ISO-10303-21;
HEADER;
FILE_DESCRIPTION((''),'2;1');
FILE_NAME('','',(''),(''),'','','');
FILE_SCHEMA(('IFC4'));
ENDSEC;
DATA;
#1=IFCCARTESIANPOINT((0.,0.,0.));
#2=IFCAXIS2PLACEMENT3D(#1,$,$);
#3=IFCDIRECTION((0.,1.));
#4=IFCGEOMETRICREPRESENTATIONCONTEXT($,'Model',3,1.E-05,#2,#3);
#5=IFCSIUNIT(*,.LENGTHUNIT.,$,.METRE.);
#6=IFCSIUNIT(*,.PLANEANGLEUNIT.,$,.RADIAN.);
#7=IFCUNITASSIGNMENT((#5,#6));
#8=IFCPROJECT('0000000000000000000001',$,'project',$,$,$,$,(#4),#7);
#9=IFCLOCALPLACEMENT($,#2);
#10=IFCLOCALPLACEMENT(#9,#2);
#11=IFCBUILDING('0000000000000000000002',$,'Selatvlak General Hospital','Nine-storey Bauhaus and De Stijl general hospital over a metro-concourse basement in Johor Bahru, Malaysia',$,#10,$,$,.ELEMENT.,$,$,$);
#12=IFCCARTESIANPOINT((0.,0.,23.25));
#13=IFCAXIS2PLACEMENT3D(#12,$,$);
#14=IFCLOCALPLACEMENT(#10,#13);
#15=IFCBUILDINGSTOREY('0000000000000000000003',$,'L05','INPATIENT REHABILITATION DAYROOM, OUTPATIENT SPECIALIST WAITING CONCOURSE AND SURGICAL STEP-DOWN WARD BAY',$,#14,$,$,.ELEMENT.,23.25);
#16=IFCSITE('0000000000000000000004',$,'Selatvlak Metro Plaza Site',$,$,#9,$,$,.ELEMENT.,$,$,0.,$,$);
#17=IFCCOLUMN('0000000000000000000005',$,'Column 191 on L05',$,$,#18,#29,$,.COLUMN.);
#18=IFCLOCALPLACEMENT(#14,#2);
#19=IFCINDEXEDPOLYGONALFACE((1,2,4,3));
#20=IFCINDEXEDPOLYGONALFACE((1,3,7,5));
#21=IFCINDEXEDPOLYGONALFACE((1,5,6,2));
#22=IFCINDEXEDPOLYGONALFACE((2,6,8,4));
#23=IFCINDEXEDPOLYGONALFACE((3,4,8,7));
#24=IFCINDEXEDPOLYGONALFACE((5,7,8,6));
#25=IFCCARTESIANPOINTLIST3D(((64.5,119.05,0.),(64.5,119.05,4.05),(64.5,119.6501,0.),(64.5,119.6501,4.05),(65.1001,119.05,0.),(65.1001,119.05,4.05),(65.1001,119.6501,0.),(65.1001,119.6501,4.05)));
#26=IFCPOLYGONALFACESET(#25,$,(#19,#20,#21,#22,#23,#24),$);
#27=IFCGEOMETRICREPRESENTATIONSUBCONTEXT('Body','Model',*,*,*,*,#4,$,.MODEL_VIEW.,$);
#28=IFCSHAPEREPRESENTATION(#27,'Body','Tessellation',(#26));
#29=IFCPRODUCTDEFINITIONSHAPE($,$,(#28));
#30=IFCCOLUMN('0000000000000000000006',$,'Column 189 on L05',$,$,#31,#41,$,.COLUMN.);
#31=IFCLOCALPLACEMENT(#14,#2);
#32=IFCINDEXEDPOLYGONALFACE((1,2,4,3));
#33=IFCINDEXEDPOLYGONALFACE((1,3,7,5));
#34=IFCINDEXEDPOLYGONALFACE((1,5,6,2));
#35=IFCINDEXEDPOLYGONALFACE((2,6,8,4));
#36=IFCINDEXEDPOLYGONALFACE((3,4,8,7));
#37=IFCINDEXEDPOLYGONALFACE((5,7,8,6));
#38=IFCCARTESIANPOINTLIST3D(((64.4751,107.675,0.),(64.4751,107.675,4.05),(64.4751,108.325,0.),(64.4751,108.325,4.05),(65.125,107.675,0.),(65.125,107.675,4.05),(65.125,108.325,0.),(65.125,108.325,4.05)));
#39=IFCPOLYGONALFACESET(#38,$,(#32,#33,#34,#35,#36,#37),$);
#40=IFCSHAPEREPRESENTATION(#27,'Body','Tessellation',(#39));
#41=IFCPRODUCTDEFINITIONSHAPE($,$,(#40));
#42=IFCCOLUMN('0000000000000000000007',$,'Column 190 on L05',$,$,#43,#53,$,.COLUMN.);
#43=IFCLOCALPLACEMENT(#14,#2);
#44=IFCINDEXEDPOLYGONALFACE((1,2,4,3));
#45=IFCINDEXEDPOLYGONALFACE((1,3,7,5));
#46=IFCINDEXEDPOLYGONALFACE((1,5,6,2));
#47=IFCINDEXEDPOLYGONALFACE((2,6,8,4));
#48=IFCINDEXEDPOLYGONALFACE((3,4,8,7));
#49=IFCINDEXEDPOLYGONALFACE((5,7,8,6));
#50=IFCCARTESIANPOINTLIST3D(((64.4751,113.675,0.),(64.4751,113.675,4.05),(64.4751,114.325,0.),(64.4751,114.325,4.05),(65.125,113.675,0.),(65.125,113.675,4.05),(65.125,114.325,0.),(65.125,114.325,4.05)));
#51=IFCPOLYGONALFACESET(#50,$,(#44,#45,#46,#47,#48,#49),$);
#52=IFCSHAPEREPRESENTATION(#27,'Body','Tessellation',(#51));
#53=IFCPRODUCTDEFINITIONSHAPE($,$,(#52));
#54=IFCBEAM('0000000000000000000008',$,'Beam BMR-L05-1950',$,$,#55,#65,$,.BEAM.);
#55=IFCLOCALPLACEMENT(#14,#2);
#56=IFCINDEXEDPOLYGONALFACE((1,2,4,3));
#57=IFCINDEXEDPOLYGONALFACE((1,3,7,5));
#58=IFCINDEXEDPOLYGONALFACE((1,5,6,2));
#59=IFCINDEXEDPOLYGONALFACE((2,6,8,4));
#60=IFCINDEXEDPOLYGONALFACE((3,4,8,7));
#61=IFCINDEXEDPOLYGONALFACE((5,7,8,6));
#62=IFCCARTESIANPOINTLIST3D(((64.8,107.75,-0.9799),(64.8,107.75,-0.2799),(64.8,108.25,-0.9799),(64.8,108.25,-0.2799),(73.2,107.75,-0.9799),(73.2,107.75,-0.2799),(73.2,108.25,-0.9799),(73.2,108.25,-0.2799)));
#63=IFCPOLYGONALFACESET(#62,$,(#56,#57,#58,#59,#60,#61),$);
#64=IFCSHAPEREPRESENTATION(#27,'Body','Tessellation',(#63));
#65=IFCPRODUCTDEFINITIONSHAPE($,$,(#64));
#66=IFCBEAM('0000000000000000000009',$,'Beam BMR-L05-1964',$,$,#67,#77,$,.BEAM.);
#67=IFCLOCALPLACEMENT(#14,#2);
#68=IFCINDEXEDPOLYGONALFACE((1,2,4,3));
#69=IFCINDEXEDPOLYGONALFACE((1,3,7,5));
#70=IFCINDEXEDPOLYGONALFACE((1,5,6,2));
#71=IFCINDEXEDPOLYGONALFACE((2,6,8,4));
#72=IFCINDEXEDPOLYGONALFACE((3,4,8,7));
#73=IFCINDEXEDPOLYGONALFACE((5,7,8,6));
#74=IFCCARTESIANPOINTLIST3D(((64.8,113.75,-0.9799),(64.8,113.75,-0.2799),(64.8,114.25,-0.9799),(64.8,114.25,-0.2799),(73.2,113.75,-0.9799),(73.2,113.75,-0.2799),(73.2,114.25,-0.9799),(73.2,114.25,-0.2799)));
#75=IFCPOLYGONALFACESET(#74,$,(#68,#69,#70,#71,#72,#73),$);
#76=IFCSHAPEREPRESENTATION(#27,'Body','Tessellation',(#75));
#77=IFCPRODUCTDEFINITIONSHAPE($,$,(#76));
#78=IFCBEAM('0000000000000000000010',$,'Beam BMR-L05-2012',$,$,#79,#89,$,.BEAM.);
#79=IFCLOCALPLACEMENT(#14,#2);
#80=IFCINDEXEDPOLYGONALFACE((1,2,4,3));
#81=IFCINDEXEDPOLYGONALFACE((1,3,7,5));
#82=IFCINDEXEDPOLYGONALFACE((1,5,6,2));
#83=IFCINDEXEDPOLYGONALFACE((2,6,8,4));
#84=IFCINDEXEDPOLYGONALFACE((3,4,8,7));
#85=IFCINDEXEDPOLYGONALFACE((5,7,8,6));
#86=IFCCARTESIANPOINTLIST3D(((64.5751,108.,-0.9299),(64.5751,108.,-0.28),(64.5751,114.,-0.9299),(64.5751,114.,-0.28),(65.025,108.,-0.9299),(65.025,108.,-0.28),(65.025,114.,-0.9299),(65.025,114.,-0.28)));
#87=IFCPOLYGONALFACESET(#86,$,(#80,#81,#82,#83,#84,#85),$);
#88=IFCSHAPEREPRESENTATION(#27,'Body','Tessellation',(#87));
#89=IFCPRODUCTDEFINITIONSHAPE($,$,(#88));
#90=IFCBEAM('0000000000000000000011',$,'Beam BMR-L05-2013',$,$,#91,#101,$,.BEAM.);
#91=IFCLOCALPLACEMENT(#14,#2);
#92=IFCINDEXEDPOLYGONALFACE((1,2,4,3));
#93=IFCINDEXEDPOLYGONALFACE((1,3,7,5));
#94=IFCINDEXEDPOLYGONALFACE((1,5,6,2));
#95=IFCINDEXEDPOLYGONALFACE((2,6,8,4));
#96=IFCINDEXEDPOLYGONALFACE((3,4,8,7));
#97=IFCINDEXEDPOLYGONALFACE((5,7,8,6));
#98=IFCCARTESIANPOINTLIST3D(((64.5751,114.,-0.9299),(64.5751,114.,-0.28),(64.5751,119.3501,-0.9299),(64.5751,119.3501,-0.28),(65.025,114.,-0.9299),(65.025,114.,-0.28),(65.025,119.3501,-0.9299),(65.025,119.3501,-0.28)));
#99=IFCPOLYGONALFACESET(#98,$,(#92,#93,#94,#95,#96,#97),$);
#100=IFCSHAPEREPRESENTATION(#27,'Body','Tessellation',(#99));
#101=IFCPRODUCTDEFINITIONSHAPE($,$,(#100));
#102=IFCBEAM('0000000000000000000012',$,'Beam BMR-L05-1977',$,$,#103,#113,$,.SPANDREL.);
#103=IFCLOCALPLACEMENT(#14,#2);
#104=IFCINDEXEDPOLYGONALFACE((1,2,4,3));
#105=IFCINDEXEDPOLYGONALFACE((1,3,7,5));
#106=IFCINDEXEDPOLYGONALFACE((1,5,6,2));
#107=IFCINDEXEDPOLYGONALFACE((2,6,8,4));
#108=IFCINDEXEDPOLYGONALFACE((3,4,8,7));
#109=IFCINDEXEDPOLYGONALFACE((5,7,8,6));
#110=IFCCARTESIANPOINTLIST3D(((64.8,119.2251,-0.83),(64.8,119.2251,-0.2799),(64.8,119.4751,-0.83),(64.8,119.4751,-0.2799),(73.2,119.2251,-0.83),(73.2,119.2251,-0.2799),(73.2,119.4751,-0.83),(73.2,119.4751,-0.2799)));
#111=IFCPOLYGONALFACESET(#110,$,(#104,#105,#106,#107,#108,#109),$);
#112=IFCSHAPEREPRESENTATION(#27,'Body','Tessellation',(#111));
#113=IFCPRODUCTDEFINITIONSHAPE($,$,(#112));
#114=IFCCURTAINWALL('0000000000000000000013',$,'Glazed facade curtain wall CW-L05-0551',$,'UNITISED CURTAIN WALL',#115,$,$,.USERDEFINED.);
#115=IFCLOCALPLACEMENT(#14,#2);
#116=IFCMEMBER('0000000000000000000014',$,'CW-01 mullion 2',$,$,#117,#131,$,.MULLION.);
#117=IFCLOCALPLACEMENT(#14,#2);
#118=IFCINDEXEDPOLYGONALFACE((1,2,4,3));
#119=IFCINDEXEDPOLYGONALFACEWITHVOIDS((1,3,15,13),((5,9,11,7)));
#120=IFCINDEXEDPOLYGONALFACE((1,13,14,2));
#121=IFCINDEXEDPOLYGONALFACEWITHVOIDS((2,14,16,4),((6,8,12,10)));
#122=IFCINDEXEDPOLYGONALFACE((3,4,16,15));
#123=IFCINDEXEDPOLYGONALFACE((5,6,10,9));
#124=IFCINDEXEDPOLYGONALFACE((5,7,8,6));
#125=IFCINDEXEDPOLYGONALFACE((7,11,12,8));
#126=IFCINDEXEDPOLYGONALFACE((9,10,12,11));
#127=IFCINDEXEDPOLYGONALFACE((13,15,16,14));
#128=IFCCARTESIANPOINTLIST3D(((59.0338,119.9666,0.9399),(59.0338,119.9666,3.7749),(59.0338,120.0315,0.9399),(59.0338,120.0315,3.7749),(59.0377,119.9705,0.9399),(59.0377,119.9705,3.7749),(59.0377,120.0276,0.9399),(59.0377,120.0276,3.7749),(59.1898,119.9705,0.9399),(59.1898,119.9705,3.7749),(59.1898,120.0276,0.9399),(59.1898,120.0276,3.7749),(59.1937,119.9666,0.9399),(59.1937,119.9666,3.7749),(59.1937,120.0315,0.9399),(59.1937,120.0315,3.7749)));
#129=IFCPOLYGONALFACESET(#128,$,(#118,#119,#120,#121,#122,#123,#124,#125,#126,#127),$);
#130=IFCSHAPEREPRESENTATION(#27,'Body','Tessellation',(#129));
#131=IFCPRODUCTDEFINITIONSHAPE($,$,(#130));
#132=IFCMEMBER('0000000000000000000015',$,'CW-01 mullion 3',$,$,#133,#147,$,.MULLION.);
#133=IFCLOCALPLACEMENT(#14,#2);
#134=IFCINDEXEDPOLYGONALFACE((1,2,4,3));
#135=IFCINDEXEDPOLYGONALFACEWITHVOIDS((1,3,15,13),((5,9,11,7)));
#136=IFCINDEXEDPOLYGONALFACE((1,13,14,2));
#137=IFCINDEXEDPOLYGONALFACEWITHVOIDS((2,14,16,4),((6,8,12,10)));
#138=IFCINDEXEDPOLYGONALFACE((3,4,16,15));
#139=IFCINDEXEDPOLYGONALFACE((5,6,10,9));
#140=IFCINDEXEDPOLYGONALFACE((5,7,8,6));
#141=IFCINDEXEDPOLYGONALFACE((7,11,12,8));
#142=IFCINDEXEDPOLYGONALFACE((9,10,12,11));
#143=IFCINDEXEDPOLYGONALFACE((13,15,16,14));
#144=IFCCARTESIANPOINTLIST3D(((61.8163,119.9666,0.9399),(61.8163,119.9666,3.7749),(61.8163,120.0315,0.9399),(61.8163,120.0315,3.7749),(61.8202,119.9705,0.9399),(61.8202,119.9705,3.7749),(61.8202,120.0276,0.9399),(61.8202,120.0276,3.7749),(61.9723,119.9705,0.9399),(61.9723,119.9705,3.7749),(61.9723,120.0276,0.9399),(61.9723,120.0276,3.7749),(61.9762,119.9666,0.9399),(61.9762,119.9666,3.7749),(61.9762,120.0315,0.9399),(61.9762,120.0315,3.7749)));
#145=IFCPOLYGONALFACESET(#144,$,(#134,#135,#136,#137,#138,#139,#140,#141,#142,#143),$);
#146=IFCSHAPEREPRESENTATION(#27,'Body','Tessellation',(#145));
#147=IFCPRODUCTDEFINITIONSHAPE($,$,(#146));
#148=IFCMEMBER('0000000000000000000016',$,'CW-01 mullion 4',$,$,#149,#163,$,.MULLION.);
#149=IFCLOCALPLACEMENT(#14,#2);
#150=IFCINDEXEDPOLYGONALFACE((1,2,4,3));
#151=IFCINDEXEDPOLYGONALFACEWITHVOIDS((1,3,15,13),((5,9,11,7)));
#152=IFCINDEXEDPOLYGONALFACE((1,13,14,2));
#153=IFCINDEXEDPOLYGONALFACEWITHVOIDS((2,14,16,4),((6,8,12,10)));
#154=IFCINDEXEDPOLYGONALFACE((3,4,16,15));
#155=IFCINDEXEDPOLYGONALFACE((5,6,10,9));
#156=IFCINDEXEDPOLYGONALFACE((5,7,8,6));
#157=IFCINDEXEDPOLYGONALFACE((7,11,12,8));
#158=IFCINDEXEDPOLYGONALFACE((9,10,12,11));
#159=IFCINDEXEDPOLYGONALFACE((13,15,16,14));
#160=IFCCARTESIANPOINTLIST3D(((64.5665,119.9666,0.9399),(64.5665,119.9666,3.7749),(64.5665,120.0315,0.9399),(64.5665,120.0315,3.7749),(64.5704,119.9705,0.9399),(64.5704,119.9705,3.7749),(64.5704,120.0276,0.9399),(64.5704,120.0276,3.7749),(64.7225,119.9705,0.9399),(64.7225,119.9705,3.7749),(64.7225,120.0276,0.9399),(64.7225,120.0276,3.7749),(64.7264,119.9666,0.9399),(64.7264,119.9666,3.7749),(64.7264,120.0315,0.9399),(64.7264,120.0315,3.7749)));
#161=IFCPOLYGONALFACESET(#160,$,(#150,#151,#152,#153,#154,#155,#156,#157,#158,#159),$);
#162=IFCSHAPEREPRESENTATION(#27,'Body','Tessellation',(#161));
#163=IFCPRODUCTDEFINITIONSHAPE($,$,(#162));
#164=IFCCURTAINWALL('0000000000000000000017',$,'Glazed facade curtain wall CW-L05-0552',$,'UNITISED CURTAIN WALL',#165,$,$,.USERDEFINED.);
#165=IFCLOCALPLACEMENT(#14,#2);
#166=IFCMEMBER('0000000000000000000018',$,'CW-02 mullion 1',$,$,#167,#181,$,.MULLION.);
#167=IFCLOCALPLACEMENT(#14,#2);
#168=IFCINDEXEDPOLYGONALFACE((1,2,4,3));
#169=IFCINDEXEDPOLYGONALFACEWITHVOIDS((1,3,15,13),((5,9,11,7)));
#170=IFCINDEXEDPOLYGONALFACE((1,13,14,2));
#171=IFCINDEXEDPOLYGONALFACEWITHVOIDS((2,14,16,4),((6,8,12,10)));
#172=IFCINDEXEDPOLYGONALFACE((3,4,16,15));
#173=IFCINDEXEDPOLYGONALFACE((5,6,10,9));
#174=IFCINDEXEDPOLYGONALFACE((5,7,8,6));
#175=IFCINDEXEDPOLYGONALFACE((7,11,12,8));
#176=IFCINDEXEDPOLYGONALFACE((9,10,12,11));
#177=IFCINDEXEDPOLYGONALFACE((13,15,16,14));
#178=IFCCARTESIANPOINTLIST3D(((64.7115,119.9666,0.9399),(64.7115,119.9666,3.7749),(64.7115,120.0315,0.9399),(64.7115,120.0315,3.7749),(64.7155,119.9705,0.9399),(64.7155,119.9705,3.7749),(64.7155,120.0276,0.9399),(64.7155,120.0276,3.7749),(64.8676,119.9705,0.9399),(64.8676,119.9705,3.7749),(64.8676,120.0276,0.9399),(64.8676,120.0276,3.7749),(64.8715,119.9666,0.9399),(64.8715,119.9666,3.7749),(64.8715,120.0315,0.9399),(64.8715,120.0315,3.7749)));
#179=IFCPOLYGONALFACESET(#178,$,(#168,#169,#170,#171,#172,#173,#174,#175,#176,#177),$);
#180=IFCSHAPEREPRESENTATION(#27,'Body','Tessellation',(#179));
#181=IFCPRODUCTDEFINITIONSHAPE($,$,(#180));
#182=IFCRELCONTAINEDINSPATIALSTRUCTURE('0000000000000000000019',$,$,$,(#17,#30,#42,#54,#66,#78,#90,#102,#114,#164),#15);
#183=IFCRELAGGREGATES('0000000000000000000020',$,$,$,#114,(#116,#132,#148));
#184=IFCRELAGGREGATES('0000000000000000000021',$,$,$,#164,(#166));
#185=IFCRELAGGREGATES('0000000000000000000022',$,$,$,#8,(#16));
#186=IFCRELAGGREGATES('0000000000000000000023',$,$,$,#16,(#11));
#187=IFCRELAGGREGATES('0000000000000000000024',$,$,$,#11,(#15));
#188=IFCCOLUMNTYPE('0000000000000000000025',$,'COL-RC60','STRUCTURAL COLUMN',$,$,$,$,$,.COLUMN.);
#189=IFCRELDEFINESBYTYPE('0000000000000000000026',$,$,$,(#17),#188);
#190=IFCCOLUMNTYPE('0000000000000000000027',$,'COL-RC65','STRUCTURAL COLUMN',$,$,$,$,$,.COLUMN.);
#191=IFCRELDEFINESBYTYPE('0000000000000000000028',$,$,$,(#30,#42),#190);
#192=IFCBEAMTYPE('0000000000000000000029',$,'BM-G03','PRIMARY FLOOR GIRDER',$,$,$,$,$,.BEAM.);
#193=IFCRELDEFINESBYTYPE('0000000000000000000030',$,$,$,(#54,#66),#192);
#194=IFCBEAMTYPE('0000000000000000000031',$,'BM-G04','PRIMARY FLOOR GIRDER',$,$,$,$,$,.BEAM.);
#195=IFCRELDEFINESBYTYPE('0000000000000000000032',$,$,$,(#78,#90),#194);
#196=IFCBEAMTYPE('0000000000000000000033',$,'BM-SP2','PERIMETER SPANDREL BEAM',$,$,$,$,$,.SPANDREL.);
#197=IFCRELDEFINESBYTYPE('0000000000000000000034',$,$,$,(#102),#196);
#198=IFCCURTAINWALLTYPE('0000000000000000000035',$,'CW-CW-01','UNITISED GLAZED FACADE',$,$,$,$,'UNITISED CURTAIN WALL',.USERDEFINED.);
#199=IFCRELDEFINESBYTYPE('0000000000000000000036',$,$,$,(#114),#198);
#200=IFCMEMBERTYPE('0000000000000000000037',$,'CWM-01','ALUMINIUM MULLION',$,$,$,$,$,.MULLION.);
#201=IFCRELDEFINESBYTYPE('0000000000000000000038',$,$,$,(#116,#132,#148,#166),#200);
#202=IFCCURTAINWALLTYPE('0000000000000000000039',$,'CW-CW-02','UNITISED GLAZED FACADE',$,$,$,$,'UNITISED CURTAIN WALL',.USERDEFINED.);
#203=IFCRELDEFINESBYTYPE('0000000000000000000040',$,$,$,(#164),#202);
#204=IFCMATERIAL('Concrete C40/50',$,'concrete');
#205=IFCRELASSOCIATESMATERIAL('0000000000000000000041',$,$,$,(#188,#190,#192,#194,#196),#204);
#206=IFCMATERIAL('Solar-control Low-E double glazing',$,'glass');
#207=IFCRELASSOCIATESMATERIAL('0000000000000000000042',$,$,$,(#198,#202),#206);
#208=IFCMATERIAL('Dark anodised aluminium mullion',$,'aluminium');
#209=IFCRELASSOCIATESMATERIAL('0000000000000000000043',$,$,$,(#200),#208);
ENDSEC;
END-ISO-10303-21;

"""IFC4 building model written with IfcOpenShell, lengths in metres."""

from ifc_helpers import new_model, si_unit, direction, frame, origin, origin_2d, place, context, subcontext, project, spatial, rectangle, hollow_rectangle, extrude, material, material_profile, profile_set, type_object, element, aggregate, save


model = new_model("IFC4")

# Units and contexts
model_context = context("Model", 3, precision=1e-05, world=origin(), true_north=direction((0.0, 1.0)))
body_context = subcontext(model_context, "Body", "Model", "MODEL_VIEW")
ifc_project = project(units=[si_unit("LENGTHUNIT", "METRE"), si_unit("PLANEANGLEUNIT", "RADIAN")], contexts=[model_context])

# Site, building, storey
site_placement = place(None, origin())
site = spatial("IfcSite", under=ifc_project, at=site_placement, Name="Selatvlak Metro Plaza Site", CompositionType="ELEMENT", RefElevation=0.0)
building_placement = place(site_placement, origin())
building = spatial("IfcBuilding", under=site, at=building_placement, Name="Selatvlak General Hospital", Description="Nine-storey Bauhaus and De Stijl general hospital over a metro-concourse basement in Johor Bahru, Malaysia", CompositionType="ELEMENT")
storey_placement = place(building_placement, frame((0.0, 0.0, 23.25)))
storey = spatial("IfcBuildingStorey", under=building, at=storey_placement, Name="L05", Description="INPATIENT REHABILITATION DAYROOM, OUTPATIENT SPECIALIST WAITING CONCOURSE AND SURGICAL STEP-DOWN WARD BAY", CompositionType="ELEMENT", Elevation=23.25)

# Columns
ifc_material_1 = material(Name="Concrete C40/50", Category="concrete")
ifc_material_profile_1 = material_profile(ifc_material_1, rectangle(XDim=0.6001, YDim=0.6001, at=origin_2d()), Name="RC-COL 600x600")
ifc_profile_set_1 = profile_set([ifc_material_profile_1], Name="Concrete C40/50")
column_type_1 = type_object("IfcColumnType", Name="COL-RC60", Description="STRUCTURAL COLUMN", PredefinedType="COLUMN", material=ifc_profile_set_1)
column_placement = place(storey_placement, frame((64.8, 119.3501, 0.0), z_axis=(0.0, 0.0, 1.0), x_axis=(1.0, 0.0, 0.0)))
element("IfcColumn", 1, at=column_placement, inside=storey, type_object=column_type_1, Name="Column 191 on L05", PredefinedType="COLUMN", context=body_context, shape_type="SweptSolid", body=[
    extrude(rectangle(XDim=0.6001, YDim=0.6001, at=origin_2d()), origin(), (0.0, 0.0, 1.0), 4.05),
])
ifc_material_profile_2 = material_profile(ifc_material_1, rectangle(XDim=0.6499, YDim=0.6499, at=origin_2d()), Name="RC-COL 650x650")
ifc_profile_set_2 = profile_set([ifc_material_profile_2], Name="Concrete C40/50")
column_type_2 = type_object("IfcColumnType", Name="COL-RC65", Description="STRUCTURAL COLUMN", PredefinedType="COLUMN", material=ifc_profile_set_2)
for number, where, z_axis, x_axis, name in (
    (2, (64.8, 108.0, 0.0), (0.0, 0.0, 1.0), (1.0, 0.0, 0.0), "Column 189 on L05"),
    (3, (64.8, 114.0, 0.0), (0.0, 0.0, 1.0), (1.0, 0.0, 0.0), "Column 190 on L05"),
):
    element("IfcColumn", number, at=place(storey_placement, frame(where, z_axis=z_axis, x_axis=x_axis)), inside=storey, type_object=column_type_2, Name=name, PredefinedType="COLUMN", context=body_context, shape_type="SweptSolid", body=[
        extrude(rectangle(XDim=0.6499, YDim=0.6499, at=origin_2d()), origin(), (0.0, 0.0, 1.0), 4.05),
    ])

# Beams
ifc_material_profile_3 = material_profile(ifc_material_1, rectangle(XDim=0.5, YDim=0.7, at=origin_2d()), Name="RC-BM 500x700")
ifc_profile_set_3 = profile_set([ifc_material_profile_3], Name="Concrete C40/50")
beam_type_1 = type_object("IfcBeamType", Name="BM-G03", Description="PRIMARY FLOOR GIRDER", PredefinedType="BEAM", material=ifc_profile_set_3)
for number, where, z_axis, x_axis, name in (
    (4, (64.8, 108.0, -0.6299), (1.0, 0.0, 0.0), (0.0, 1.0, 0.0), "Beam BMR-L05-1950"),
    (5, (64.8, 114.0, -0.6299), (1.0, 0.0, 0.0), (0.0, 1.0, 0.0), "Beam BMR-L05-1964"),
):
    element("IfcBeam", number, at=place(storey_placement, frame(where, z_axis=z_axis, x_axis=x_axis)), inside=storey, type_object=beam_type_1, Name=name, PredefinedType="BEAM", context=body_context, shape_type="SweptSolid", body=[
        extrude(rectangle(XDim=0.5, YDim=0.7, at=origin_2d()), origin(), (0.0, 0.0, 1.0), 8.3999),
    ])
ifc_material_profile_4 = material_profile(ifc_material_1, rectangle(XDim=0.45, YDim=0.6499, at=origin_2d()), Name="RC-BM 450x650")
ifc_profile_set_4 = profile_set([ifc_material_profile_4], Name="Concrete C40/50")
beam_type_2 = type_object("IfcBeamType", Name="BM-G04", Description="PRIMARY FLOOR GIRDER", PredefinedType="BEAM", material=ifc_profile_set_4)
beam_1_placement = place(storey_placement, frame((64.8, 108.0, -0.605), z_axis=(0.0, 1.0, 0.0), x_axis=(-1.0, 0.0, 0.0)))
element("IfcBeam", 6, at=beam_1_placement, inside=storey, type_object=beam_type_2, Name="Beam BMR-L05-2012", PredefinedType="BEAM", context=body_context, shape_type="SweptSolid", body=[
    extrude(rectangle(XDim=0.45, YDim=0.6499, at=origin_2d()), origin(), (0.0, 0.0, 1.0), 6.0),
])
beam_2_placement = place(storey_placement, frame((64.8, 114.0, -0.605), z_axis=(0.0, 1.0, 0.0), x_axis=(-1.0, 0.0, 0.0)))
element("IfcBeam", 7, at=beam_2_placement, inside=storey, type_object=beam_type_2, Name="Beam BMR-L05-2013", PredefinedType="BEAM", context=body_context, shape_type="SweptSolid", body=[
    extrude(rectangle(XDim=0.45, YDim=0.6499, at=origin_2d()), origin(), (0.0, 0.0, 1.0), 5.3501),
])
ifc_material_profile_5 = material_profile(ifc_material_1, rectangle(XDim=0.25, YDim=0.55, at=origin_2d()), Name="RC-SP 250x550")
ifc_profile_set_5 = profile_set([ifc_material_profile_5], Name="Concrete C40/50")
beam_type_3 = type_object("IfcBeamType", Name="BM-SP2", Description="PERIMETER SPANDREL BEAM", PredefinedType="SPANDREL", material=ifc_profile_set_5)
beam_3_placement = place(storey_placement, frame((64.8, 119.3501, -0.5549), z_axis=(1.0, 0.0, 0.0), x_axis=(0.0, 1.0, 0.0)))
element("IfcBeam", 8, at=beam_3_placement, inside=storey, type_object=beam_type_3, Name="Beam BMR-L05-1977", PredefinedType="SPANDREL", context=body_context, shape_type="SweptSolid", body=[
    extrude(rectangle(XDim=0.25, YDim=0.55, at=origin_2d()), origin(), (0.0, 0.0, 1.0), 8.3999),
])

# Curtain walls, members
ifc_material_2 = material(Name="Solar-control Low-E double glazing", Category="glass")
curtain_wall_type_1 = type_object("IfcCurtainWallType", Name="CW-CW-01", Description="UNITISED GLAZED FACADE", ElementType="UNITISED CURTAIN WALL", PredefinedType="USERDEFINED", material=ifc_material_2)
curtain_wall_1_placement = place(storey_placement, origin())
curtain_wall_1 = element("IfcCurtainWall", 9, at=curtain_wall_1_placement, inside=storey, type_object=curtain_wall_type_1, Name="Glazed facade curtain wall CW-L05-0551", ObjectType="UNITISED CURTAIN WALL", PredefinedType="USERDEFINED")
ifc_material_3 = material(Name="Dark anodised aluminium mullion", Category="aluminium")
ifc_material_profile_6 = material_profile(ifc_material_3, hollow_rectangle(XDim=0.0649, YDim=0.1599, WallThickness=0.0039, at=origin_2d()), Name="AL-MUL 65x160x4")
ifc_profile_set_6 = profile_set([ifc_material_profile_6], Name="Dark anodised aluminium mullion")
member_type_1 = type_object("IfcMemberType", Name="CWM-01", Description="ALUMINIUM MULLION", PredefinedType="MULLION", material=ifc_profile_set_6)
member_1_placement = place(storey_placement, frame((59.1138, 119.999, 0.9399), z_axis=(0.0, 0.0, 1.0), x_axis=(0.0, 1.0, 0.0)))
member_1 = element("IfcMember", 10, at=member_1_placement, type_object=member_type_1, Name="CW-01 mullion 2", PredefinedType="MULLION", context=body_context, shape_type="SweptSolid", body=[
    extrude(hollow_rectangle(XDim=0.0649, YDim=0.1599, WallThickness=0.0039, at=origin_2d()), origin(), (0.0, 0.0, 1.0), 2.835),
])
member_2_placement = place(storey_placement, frame((61.8962, 119.999, 0.9399), z_axis=(0.0, 0.0, 1.0), x_axis=(0.0, 1.0, 0.0)))
member_2 = element("IfcMember", 11, at=member_2_placement, type_object=member_type_1, Name="CW-01 mullion 3", PredefinedType="MULLION", context=body_context, shape_type="SweptSolid", body=[
    extrude(hollow_rectangle(XDim=0.0649, YDim=0.1599, WallThickness=0.0039, at=origin_2d()), origin(), (0.0, 0.0, 1.0), 2.835),
])
member_3_placement = place(storey_placement, frame((64.6465, 119.999, 0.9399), z_axis=(0.0, 0.0, 1.0), x_axis=(0.0, 1.0, 0.0)))
member_3 = element("IfcMember", 12, at=member_3_placement, type_object=member_type_1, Name="CW-01 mullion 4", PredefinedType="MULLION", context=body_context, shape_type="SweptSolid", body=[
    extrude(hollow_rectangle(XDim=0.0649, YDim=0.1599, WallThickness=0.0039, at=origin_2d()), origin(), (0.0, 0.0, 1.0), 2.835),
])
curtain_wall_type_2 = type_object("IfcCurtainWallType", Name="CW-CW-02", Description="UNITISED GLAZED FACADE", ElementType="UNITISED CURTAIN WALL", PredefinedType="USERDEFINED", material=ifc_material_2)
curtain_wall_2_placement = place(storey_placement, origin())
curtain_wall_2 = element("IfcCurtainWall", 13, at=curtain_wall_2_placement, inside=storey, type_object=curtain_wall_type_2, Name="Glazed facade curtain wall CW-L05-0552", ObjectType="UNITISED CURTAIN WALL", PredefinedType="USERDEFINED")
member_4_placement = place(storey_placement, frame((64.7915, 119.999, 0.9399), z_axis=(0.0, 0.0, 1.0), x_axis=(0.0, 1.0, 0.0)))
member_4 = element("IfcMember", 14, at=member_4_placement, type_object=member_type_1, Name="CW-02 mullion 1", PredefinedType="MULLION", context=body_context, shape_type="SweptSolid", body=[
    extrude(hollow_rectangle(XDim=0.0649, YDim=0.1599, WallThickness=0.0039, at=origin_2d()), origin(), (0.0, 0.0, 1.0), 2.835),
])

aggregate(curtain_wall_1, [member_1, member_2, member_3])
aggregate(curtain_wall_2, [member_4])

save(model, "model.ifc")
